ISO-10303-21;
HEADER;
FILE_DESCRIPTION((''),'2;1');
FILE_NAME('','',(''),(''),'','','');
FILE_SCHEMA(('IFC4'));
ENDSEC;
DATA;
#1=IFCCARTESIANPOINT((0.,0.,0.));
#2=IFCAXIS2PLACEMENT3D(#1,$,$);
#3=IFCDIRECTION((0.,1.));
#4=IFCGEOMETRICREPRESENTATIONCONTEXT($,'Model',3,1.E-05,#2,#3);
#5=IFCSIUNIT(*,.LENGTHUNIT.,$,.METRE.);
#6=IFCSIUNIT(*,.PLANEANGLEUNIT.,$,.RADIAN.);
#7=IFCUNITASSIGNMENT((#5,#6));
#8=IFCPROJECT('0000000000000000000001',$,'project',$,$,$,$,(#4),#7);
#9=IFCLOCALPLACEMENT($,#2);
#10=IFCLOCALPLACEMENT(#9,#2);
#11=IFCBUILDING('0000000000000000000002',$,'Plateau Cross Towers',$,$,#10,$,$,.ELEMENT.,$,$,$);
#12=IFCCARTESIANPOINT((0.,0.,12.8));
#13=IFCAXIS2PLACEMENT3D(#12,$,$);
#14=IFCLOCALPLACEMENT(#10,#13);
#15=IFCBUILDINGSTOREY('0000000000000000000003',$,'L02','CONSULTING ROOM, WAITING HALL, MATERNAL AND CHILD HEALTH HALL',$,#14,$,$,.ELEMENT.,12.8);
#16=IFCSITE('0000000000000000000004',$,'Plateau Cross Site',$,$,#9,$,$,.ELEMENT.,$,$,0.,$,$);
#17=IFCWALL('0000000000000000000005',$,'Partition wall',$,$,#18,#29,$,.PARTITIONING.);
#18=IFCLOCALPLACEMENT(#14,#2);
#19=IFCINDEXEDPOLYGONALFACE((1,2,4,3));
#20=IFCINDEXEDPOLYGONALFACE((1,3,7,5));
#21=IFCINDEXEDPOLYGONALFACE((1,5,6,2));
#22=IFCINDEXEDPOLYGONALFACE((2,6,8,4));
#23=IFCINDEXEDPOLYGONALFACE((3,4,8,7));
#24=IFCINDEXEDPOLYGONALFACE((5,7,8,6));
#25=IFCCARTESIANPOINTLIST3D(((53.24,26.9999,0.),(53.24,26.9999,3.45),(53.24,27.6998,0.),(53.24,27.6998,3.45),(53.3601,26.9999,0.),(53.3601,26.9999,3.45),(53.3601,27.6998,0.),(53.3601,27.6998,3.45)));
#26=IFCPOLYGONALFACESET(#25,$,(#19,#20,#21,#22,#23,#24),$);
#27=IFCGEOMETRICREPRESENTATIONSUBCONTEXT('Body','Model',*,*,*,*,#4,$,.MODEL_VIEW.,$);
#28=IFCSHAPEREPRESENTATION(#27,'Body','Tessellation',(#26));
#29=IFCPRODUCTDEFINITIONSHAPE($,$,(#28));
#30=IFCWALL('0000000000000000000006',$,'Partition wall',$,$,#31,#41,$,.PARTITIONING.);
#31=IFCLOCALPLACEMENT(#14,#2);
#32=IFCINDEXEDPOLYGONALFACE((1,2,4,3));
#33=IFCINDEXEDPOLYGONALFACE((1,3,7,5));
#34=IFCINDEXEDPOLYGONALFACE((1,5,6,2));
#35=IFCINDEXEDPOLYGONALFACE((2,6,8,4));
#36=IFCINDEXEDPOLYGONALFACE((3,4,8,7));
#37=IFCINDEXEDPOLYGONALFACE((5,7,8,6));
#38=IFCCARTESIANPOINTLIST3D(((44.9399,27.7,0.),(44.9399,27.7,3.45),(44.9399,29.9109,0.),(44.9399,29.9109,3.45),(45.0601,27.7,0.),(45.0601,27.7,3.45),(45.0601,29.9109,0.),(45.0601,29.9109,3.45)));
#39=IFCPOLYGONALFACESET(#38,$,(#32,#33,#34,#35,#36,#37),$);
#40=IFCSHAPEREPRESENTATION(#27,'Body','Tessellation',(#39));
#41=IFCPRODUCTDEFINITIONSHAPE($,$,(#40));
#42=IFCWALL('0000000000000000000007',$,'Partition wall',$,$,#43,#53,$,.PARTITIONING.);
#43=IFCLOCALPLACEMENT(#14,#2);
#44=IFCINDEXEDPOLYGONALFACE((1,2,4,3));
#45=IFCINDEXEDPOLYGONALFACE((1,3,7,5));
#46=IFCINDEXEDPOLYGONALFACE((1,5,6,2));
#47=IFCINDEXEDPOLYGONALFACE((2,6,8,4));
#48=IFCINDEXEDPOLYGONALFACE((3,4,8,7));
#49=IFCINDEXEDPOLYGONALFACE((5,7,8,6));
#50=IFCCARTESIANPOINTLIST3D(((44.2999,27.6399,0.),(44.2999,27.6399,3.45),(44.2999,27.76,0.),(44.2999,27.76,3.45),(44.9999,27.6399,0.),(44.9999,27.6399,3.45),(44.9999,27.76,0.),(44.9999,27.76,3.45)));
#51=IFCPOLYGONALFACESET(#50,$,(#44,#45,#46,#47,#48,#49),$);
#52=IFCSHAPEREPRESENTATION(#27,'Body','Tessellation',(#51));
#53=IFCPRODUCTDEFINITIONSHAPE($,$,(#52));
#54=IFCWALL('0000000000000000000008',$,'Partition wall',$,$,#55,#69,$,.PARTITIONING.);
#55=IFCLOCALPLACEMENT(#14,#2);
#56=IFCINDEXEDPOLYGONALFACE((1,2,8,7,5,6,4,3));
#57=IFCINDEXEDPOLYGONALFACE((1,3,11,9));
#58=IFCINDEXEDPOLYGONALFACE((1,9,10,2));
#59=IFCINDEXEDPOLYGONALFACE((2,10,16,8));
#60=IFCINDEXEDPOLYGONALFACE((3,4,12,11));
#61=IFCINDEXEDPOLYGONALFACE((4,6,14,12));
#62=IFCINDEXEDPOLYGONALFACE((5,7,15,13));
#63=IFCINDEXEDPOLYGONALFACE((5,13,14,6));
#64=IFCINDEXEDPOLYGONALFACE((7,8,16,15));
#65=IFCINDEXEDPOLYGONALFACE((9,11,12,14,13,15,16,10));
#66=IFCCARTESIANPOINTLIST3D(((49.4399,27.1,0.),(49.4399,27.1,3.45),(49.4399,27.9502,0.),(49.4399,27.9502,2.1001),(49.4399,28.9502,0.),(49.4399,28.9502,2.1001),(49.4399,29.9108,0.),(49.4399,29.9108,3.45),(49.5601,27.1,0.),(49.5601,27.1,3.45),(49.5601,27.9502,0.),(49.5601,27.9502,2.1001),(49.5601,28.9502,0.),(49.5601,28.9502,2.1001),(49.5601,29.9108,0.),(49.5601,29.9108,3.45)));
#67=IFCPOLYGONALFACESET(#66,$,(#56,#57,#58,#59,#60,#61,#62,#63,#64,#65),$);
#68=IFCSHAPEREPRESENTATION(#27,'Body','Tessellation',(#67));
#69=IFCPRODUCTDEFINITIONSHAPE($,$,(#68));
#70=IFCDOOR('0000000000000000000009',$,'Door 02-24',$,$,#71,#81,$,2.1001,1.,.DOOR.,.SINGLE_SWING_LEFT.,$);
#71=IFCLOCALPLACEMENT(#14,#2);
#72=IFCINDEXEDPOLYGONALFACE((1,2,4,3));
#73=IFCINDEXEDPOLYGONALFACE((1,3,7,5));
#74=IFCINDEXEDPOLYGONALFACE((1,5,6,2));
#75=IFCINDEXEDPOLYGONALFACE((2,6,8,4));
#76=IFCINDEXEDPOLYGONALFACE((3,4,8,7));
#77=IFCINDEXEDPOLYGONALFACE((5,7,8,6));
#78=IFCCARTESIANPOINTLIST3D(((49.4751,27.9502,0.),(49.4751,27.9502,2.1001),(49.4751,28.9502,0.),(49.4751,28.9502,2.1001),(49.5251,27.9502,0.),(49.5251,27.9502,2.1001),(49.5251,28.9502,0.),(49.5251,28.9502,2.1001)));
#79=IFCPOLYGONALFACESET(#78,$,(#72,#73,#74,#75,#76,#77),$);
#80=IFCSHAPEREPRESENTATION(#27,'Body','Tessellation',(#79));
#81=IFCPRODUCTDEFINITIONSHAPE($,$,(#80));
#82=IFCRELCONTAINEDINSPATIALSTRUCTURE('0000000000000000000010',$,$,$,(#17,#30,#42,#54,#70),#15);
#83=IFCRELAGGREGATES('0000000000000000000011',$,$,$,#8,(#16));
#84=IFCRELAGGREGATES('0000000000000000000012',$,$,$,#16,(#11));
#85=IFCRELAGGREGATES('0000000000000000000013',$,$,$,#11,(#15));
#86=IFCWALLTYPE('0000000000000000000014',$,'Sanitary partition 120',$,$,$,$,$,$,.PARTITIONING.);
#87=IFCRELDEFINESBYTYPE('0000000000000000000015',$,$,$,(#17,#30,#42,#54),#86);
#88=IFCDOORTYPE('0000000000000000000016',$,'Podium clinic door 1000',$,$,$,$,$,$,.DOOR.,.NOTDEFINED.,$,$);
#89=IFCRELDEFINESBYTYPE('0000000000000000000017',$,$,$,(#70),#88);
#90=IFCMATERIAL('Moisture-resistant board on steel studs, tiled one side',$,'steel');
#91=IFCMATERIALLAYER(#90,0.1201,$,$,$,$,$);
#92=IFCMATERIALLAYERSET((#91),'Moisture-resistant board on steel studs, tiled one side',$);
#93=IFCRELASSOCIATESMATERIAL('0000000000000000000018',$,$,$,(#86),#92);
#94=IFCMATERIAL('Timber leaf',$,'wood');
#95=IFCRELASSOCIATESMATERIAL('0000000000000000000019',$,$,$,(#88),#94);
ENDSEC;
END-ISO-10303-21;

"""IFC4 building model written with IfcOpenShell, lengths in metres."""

from ifc_helpers import new_model, si_unit, direction, frame, frame_2d, origin, place, context, subcontext, project, spatial, rectangle, extrude, material, layer, layer_set, type_object, element, fill, save


model = new_model("IFC4")

# Units and contexts
model_context = context("Model", 3, precision=1e-05, world=origin(), true_north=direction((0.0, 1.0)))
body_context = subcontext(model_context, "Body", "Model", "MODEL_VIEW")
ifc_project = project(units=[si_unit("LENGTHUNIT", "METRE"), si_unit("PLANEANGLEUNIT", "RADIAN")], contexts=[model_context])

# Site, building, storey
site_placement = place(None, origin())
site = spatial("IfcSite", under=ifc_project, at=site_placement, Name="Plateau Cross Site", CompositionType="ELEMENT", RefElevation=0.0)
building_placement = place(site_placement, origin())
building = spatial("IfcBuilding", under=site, at=building_placement, Name="Plateau Cross Towers", CompositionType="ELEMENT")
storey_placement = place(building_placement, frame((0.0, 0.0, 12.8)))
storey = spatial("IfcBuildingStorey", under=building, at=storey_placement, Name="L02", Description="CONSULTING ROOM, WAITING HALL, MATERNAL AND CHILD HEALTH HALL", CompositionType="ELEMENT", Elevation=12.8)

# Walls
ifc_material_1 = material(Name="Moisture-resistant board on steel studs, tiled one side", Category="steel")
ifc_layer_1 = layer(ifc_material_1, 0.1201)
ifc_layer_set_1 = layer_set([ifc_layer_1], Name="Moisture-resistant board on steel studs, tiled one side")
wall_type_1 = type_object("IfcWallType", Name="Sanitary partition 120", PredefinedType="PARTITIONING", material=ifc_layer_set_1)
wall_1_placement = place(storey_placement, frame((53.3, 27.7, 0.0), z_axis=(0.0, 0.0, 1.0), x_axis=(0.0, -1.0, 0.0)))
element("IfcWall", 1, at=wall_1_placement, inside=storey, type_object=wall_type_1, Name="Partition wall", PredefinedType="PARTITIONING", context=body_context, shape_type="SweptSolid", body=[
    extrude(rectangle(XDim=0.7, YDim=0.1201, at=frame_2d((0.3501, 0.0))), origin(), (0.0, 0.0, 1.0), 3.45),
])
wall_2_placement = place(storey_placement, frame((45.0, 29.9109, 0.0), z_axis=(0.0, 0.0, 1.0), x_axis=(0.0, -1.0, 0.0)))
element("IfcWall", 2, at=wall_2_placement, inside=storey, type_object=wall_type_1, Name="Partition wall", PredefinedType="PARTITIONING", context=body_context, shape_type="SweptSolid", body=[
    extrude(rectangle(XDim=2.2109, YDim=0.1201, at=frame_2d((1.1055, 0.0))), origin(), (0.0, 0.0, 1.0), 3.45),
])
wall_3_placement = place(storey_placement, frame((45.0, 27.7, 0.0), z_axis=(0.0, 0.0, 1.0), x_axis=(-1.0, 0.0, 0.0)))
element("IfcWall", 3, at=wall_3_placement, inside=storey, type_object=wall_type_1, Name="Partition wall", PredefinedType="PARTITIONING", context=body_context, shape_type="SweptSolid", body=[
    extrude(rectangle(XDim=0.7, YDim=0.1201, at=frame_2d((0.3501, 0.0))), origin(), (0.0, 0.0, 1.0), 3.45),
])

# Wall, opening, door
wall_4_placement = place(storey_placement, frame((49.5, 27.1001, 0.0), z_axis=(0.0, 0.0, 1.0), x_axis=(0.0, 1.0, 0.0)))
wall_4 = element("IfcWall", 4, at=wall_4_placement, inside=storey, type_object=wall_type_1, Name="Partition wall", PredefinedType="PARTITIONING", context=body_context, shape_type="SweptSolid", body=[
    extrude(rectangle(XDim=2.8108, YDim=0.1201, at=frame_2d((1.4053, 0.0))), origin(), (0.0, 0.0, 1.0), 3.45),
])
opening_1_placement = place(wall_4_placement, frame((0.8501, 0.0, 0.0)))
opening_1 = element("IfcOpeningElement", 5, at=opening_1_placement, cuts=wall_4, PredefinedType="OPENING", context=body_context, shape_type="SweptSolid", body=[
    extrude(rectangle(XDim=1.0, YDim=2.1001, at=frame_2d((0.5, 1.05))), frame((0.0, 0.0701, 0.0), z_axis=(0.0, -1.0, 0.0), x_axis=(1.0, 0.0, 0.0)), (0.0, 0.0, 1.0), 0.1401),
])
ifc_material_2 = material(Name="Timber leaf", Category="wood")
door_type_1 = type_object("IfcDoorType", Name="Podium clinic door 1000", OperationType="NOTDEFINED", PredefinedType="DOOR", material=ifc_material_2)
door_1_placement = place(opening_1_placement, origin())
door_1 = element("IfcDoor", 6, at=door_1_placement, inside=storey, type_object=door_type_1, Name="Door 02-24", OperationType="SINGLE_SWING_LEFT", OverallHeight=2.1001, OverallWidth=1.0, PredefinedType="DOOR", context=body_context, shape_type="SweptSolid", body=[
    extrude(rectangle(XDim=1.0, YDim=2.1001, at=frame_2d((0.5, 1.05))), frame((0.0, 0.0249, 0.0), z_axis=(0.0, -1.0, 0.0), x_axis=(1.0, 0.0, 0.0)), (0.0, 0.0, 1.0), 0.05),
])
fill(opening_1, door_1)

save(model, "model.ifc")
